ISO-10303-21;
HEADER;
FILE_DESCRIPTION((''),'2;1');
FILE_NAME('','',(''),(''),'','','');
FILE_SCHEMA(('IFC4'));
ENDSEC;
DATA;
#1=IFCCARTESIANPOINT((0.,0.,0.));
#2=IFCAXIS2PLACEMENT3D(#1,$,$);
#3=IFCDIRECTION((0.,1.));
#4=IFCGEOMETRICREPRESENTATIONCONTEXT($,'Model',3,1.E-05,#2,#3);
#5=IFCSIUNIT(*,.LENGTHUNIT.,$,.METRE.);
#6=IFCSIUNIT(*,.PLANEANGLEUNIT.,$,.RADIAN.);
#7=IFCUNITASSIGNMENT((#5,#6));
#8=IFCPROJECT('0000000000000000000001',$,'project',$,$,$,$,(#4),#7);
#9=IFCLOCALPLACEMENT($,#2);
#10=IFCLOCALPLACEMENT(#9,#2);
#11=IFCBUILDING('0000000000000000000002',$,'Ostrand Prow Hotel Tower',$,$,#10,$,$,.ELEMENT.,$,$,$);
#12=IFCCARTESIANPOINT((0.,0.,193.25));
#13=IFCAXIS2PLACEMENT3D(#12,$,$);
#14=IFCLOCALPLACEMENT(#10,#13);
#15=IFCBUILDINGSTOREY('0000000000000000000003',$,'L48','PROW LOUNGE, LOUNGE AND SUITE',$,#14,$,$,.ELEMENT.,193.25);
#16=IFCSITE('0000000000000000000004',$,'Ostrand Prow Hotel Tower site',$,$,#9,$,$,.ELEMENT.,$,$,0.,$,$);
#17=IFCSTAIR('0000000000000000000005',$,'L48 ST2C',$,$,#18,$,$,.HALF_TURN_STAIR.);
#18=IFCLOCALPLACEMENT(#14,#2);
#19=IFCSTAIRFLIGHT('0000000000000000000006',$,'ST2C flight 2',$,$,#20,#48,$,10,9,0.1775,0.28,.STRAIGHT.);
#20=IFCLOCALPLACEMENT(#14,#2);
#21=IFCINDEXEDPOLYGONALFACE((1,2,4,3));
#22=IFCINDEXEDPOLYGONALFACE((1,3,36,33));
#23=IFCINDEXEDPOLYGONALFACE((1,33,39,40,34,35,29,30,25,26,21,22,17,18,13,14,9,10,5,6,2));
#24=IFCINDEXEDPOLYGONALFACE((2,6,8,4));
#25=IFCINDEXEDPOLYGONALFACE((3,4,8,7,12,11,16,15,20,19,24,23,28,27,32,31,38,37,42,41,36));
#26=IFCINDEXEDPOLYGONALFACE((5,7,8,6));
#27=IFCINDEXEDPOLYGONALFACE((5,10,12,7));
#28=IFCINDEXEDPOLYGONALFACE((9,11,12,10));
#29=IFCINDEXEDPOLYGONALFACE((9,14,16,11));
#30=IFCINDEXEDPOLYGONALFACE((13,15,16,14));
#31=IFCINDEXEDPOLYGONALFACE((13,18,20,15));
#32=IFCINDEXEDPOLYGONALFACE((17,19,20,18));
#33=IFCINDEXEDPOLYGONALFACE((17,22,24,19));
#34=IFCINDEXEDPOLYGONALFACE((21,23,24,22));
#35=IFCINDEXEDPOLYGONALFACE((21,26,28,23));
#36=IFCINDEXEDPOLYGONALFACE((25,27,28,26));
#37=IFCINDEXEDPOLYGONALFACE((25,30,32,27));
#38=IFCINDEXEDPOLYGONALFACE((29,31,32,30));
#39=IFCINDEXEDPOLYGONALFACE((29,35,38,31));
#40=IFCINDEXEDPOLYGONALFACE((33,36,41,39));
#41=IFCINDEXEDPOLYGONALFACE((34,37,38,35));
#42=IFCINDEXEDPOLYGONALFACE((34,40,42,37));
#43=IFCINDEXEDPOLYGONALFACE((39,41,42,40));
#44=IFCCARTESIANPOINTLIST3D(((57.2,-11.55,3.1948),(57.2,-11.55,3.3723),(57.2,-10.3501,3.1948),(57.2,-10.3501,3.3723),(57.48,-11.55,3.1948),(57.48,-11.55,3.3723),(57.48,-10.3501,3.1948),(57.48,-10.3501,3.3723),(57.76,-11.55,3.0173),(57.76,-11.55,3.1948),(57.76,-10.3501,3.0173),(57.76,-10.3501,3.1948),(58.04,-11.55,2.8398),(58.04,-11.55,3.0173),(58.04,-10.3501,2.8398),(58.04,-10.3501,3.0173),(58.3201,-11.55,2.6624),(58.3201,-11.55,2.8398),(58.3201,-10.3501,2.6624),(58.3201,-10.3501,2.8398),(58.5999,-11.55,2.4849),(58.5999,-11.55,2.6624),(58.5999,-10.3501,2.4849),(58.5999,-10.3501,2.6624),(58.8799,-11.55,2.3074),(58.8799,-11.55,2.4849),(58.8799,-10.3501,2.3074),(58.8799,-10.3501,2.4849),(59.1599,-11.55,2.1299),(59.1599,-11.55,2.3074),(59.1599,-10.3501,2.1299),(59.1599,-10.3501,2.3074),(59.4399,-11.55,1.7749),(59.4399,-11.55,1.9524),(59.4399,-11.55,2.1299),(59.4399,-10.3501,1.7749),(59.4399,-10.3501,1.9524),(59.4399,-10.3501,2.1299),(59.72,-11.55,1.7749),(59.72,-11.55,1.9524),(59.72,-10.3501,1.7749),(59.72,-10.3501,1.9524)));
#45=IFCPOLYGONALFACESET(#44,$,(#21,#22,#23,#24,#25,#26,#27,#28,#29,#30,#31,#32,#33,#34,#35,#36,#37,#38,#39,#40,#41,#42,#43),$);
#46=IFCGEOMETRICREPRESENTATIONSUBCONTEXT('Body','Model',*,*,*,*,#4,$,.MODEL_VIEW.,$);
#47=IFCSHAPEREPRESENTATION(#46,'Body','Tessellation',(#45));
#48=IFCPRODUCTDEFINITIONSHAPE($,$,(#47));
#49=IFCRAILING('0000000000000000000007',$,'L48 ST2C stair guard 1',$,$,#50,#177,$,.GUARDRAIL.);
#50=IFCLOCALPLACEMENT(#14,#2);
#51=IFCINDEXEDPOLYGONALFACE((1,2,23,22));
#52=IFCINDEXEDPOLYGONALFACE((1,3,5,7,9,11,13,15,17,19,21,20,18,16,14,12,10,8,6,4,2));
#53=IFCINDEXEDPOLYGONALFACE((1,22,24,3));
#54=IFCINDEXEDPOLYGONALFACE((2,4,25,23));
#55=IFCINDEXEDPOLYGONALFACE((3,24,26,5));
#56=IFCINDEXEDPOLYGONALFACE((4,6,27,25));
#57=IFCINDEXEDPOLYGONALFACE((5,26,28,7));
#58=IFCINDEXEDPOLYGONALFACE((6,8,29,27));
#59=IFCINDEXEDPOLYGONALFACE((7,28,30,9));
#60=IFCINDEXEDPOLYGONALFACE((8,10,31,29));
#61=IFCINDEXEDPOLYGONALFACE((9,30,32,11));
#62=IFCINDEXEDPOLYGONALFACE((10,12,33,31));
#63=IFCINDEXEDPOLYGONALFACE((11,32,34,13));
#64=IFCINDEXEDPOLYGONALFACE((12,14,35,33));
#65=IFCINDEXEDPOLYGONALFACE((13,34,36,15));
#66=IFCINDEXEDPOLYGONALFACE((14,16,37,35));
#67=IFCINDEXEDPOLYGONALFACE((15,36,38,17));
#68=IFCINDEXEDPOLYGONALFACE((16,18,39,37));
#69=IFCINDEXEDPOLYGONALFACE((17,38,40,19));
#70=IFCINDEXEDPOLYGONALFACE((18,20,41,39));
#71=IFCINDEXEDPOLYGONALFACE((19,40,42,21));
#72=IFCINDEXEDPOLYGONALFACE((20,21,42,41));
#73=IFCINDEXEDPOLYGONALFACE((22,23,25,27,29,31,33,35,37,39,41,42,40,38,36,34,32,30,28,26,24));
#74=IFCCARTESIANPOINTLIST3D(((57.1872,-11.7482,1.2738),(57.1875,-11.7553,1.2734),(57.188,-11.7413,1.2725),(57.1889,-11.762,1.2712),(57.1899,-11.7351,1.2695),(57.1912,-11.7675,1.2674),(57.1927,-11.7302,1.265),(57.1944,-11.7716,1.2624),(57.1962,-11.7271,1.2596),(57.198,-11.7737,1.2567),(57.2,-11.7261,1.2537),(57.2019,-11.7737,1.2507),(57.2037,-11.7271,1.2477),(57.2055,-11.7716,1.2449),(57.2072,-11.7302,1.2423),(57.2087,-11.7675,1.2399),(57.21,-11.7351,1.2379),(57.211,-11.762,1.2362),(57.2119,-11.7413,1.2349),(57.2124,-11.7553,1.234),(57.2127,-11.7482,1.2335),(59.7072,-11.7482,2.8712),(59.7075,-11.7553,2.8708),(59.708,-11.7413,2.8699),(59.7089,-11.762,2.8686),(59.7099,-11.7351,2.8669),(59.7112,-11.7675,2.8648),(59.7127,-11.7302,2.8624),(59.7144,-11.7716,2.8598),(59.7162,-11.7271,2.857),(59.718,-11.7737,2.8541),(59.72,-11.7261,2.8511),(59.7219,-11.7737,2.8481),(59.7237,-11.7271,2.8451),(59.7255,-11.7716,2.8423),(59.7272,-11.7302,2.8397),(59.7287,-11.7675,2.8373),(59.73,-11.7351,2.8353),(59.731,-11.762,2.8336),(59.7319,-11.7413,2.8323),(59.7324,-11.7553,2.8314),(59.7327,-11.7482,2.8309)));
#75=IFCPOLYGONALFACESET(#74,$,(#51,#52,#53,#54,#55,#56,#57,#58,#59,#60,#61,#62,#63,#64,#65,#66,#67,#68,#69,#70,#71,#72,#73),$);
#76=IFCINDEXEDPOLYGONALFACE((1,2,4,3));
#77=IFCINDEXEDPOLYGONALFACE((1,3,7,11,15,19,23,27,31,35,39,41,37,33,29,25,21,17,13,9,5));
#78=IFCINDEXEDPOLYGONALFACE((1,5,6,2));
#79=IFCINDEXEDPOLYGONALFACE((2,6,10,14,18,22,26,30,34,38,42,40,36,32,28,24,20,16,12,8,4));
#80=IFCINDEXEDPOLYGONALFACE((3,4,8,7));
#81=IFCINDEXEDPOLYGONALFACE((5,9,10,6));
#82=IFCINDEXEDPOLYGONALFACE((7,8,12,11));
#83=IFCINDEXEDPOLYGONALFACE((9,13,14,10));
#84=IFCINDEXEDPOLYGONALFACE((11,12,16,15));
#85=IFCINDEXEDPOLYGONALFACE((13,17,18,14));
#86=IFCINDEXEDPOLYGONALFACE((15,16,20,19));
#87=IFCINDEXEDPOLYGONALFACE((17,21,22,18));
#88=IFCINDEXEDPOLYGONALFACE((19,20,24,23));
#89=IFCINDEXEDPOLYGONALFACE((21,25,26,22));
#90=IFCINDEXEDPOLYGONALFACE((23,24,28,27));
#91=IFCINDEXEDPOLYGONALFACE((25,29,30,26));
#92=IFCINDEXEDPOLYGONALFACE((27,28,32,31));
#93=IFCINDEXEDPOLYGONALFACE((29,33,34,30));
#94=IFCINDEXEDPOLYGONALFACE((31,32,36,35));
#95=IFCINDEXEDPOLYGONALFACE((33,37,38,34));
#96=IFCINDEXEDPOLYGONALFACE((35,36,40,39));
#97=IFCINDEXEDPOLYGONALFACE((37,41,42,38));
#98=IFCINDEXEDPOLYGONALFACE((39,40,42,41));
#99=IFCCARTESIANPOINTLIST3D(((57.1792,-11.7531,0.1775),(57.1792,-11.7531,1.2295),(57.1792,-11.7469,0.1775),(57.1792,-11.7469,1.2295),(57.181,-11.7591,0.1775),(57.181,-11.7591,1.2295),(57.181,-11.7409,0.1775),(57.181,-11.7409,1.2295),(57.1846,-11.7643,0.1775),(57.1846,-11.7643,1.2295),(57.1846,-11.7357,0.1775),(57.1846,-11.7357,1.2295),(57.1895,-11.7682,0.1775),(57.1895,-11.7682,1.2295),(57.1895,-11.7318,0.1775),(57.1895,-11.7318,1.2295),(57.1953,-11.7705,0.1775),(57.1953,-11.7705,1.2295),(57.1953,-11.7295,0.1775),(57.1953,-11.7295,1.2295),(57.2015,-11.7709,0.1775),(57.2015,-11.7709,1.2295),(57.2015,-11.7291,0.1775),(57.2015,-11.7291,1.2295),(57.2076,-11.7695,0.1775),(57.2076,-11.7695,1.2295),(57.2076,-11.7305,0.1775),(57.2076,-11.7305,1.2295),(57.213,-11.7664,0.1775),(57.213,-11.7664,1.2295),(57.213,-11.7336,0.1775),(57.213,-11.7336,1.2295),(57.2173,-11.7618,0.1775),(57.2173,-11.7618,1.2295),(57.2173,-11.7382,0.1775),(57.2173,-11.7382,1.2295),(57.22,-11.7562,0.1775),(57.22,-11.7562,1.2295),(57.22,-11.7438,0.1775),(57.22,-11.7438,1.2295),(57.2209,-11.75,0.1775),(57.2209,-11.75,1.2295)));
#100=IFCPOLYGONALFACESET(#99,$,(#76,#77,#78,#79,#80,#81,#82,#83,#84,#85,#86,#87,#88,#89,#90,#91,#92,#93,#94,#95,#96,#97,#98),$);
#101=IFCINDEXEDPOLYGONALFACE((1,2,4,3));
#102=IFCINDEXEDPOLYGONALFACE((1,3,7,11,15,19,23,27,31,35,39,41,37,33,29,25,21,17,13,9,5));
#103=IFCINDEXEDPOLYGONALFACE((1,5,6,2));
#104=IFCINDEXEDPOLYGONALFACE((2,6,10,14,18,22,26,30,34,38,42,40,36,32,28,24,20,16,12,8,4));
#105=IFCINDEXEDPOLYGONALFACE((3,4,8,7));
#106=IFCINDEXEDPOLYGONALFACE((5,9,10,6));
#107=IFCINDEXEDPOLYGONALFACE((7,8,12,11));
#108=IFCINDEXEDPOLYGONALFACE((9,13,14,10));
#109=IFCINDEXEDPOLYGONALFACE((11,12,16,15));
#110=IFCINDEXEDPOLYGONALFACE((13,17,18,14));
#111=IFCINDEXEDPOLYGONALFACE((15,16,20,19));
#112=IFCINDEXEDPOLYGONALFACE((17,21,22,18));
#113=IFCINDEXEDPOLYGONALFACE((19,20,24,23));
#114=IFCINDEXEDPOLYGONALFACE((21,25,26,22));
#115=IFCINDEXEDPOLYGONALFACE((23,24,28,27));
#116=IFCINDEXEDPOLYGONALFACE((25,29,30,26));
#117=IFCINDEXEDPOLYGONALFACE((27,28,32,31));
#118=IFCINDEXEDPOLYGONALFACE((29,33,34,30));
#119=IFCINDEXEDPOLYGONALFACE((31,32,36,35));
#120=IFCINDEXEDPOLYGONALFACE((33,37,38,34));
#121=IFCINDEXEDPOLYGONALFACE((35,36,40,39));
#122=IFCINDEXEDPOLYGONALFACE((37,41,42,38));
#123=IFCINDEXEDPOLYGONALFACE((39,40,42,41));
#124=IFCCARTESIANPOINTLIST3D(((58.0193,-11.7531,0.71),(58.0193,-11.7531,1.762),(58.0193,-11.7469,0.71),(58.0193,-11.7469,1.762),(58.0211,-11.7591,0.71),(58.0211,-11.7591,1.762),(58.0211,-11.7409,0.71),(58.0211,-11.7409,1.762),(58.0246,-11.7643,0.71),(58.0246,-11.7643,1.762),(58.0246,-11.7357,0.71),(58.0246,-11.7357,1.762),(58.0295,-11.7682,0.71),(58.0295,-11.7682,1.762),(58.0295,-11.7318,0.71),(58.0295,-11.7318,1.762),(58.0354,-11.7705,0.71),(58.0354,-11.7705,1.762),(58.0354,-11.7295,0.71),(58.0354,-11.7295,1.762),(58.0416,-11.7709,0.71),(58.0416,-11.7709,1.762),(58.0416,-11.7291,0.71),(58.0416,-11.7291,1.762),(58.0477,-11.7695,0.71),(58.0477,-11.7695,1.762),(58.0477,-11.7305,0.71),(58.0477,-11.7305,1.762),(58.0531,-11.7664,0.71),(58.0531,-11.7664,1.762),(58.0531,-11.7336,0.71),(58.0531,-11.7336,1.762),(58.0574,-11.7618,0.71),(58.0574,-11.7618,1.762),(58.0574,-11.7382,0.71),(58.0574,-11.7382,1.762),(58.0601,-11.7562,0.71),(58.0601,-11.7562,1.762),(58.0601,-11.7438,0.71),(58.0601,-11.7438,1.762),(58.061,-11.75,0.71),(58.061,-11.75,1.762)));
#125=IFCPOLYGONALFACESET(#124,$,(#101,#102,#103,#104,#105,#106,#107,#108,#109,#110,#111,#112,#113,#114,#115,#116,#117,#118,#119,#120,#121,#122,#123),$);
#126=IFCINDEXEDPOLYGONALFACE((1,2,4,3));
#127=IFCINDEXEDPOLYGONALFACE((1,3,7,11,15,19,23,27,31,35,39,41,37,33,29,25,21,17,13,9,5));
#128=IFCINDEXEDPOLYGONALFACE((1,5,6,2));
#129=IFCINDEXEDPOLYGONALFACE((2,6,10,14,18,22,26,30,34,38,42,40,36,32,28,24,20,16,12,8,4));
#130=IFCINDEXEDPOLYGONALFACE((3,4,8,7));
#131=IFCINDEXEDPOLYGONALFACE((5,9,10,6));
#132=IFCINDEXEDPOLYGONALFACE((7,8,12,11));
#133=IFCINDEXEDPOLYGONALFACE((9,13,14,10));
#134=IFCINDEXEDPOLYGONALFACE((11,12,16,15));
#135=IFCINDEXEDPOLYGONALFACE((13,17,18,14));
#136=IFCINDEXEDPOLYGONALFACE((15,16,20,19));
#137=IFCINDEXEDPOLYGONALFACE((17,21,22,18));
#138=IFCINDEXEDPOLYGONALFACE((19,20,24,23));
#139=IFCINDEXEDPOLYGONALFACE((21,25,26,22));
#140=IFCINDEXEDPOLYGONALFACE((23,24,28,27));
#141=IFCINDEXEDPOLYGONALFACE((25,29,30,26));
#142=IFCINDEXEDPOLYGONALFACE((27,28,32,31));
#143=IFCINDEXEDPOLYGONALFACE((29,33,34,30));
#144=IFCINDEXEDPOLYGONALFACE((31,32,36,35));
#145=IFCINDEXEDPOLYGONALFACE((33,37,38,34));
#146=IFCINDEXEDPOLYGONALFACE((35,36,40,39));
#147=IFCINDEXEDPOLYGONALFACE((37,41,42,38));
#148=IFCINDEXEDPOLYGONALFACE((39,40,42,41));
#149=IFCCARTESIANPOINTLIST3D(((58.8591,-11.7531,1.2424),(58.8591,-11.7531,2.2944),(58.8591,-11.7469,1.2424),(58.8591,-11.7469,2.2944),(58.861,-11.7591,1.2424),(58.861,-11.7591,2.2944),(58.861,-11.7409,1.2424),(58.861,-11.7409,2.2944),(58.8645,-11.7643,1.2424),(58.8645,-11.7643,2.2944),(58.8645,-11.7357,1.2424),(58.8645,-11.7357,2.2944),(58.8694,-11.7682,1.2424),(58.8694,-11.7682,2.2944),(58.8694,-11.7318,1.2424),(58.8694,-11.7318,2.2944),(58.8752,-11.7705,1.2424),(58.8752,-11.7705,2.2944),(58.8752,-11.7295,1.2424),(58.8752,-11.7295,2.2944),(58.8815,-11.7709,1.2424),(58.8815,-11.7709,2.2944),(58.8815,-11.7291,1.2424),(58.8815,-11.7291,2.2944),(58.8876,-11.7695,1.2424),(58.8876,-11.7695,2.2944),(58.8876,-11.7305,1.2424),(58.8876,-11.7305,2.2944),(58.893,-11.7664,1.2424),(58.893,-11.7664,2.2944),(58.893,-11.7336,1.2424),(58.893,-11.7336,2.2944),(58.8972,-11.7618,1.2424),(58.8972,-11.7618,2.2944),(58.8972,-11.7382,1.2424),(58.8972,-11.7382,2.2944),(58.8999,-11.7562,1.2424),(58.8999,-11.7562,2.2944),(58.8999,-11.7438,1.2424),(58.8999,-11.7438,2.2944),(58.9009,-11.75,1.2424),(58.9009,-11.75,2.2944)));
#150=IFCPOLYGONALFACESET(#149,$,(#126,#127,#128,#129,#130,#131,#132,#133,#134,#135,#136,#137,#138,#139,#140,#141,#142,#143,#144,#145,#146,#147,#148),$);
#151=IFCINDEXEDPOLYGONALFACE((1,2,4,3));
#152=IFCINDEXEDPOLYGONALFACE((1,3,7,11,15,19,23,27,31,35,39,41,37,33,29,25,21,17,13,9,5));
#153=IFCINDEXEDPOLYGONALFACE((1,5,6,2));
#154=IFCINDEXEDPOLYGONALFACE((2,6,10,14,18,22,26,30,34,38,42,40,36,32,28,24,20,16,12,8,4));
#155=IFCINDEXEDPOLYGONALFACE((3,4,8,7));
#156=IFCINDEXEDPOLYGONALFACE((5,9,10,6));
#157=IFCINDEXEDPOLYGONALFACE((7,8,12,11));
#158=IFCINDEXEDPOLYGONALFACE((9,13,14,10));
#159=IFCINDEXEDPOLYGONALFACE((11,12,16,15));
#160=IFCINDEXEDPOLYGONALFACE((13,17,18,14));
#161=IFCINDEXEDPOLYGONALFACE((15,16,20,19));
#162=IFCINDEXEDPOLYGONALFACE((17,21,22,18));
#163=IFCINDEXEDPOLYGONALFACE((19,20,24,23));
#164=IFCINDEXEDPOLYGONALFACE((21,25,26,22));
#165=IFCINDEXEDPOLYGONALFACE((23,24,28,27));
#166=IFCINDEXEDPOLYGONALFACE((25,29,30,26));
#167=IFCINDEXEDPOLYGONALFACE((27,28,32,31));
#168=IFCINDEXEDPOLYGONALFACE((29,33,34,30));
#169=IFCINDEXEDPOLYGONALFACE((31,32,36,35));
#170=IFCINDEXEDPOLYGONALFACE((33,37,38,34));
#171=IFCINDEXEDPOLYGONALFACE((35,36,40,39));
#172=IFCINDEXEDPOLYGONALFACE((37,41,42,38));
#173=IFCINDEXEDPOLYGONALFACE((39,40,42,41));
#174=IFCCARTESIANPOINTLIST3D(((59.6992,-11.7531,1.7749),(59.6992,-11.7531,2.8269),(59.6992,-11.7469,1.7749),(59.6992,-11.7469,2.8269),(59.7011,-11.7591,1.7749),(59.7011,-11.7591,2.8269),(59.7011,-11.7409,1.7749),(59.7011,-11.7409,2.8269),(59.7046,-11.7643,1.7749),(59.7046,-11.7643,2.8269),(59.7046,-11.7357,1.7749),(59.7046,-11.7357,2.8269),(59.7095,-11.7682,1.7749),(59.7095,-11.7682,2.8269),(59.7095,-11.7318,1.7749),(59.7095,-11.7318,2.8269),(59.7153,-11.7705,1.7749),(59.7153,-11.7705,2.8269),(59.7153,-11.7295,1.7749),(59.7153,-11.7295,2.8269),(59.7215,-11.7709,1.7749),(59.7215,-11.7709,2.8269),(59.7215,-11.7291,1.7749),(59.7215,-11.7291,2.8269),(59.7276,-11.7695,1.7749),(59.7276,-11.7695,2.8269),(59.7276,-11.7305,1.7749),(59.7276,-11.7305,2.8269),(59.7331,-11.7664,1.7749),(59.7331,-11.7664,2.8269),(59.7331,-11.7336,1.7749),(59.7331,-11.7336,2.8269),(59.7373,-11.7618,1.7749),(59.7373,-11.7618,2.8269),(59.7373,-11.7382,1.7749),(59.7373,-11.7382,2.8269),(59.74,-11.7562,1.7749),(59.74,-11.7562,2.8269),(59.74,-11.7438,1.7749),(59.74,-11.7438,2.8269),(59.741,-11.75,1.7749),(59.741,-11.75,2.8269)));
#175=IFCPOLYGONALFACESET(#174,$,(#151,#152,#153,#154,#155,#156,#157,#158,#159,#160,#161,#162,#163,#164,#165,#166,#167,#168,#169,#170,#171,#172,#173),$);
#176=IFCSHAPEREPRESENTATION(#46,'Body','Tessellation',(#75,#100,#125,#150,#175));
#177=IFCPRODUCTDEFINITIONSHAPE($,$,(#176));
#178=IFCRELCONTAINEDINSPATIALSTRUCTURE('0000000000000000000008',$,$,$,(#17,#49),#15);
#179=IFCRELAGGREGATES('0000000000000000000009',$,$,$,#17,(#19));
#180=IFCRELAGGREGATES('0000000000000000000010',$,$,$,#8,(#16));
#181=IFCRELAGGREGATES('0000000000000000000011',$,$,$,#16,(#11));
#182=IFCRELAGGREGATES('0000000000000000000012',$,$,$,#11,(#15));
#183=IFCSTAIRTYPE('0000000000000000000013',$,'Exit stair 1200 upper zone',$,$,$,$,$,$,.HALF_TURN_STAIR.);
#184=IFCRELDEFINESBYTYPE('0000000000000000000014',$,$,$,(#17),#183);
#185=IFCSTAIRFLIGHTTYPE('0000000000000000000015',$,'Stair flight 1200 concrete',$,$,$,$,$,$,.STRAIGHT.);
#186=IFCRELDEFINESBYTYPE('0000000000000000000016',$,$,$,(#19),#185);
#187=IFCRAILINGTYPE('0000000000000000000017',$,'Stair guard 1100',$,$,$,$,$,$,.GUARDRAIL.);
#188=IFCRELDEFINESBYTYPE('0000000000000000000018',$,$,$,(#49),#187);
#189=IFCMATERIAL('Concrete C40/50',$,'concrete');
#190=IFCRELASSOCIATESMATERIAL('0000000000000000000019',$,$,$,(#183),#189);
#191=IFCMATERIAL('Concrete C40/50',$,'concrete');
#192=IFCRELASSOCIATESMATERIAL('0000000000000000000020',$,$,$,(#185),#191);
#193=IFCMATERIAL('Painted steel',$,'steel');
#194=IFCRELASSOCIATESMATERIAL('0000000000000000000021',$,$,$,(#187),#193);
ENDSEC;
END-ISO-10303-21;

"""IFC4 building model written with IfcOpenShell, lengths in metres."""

from ifc_helpers import new_model, si_unit, direction, frame, origin, origin_2d, place, context, subcontext, project, spatial, polyline, circle, outline, extrude, material, type_object, element, aggregate, save


model = new_model("IFC4")

# Units and contexts
model_context = context("Model", 3, precision=1e-05, world=origin(), true_north=direction((0.0, 1.0)))
body_context = subcontext(model_context, "Body", "Model", "MODEL_VIEW")
ifc_project = project(units=[si_unit("LENGTHUNIT", "METRE"), si_unit("PLANEANGLEUNIT", "RADIAN")], contexts=[model_context])

# Site, building, storey
site_placement = place(None, origin())
site = spatial("IfcSite", under=ifc_project, at=site_placement, Name="Ostrand Prow Hotel Tower site", CompositionType="ELEMENT", RefElevation=0.0)
building_placement = place(site_placement, origin())
building = spatial("IfcBuilding", under=site, at=building_placement, Name="Ostrand Prow Hotel Tower", CompositionType="ELEMENT")
storey_placement = place(building_placement, frame((0.0, 0.0, 193.25)))
storey = spatial("IfcBuildingStorey", under=building, at=storey_placement, Name="L48", Description="PROW LOUNGE, LOUNGE AND SUITE", CompositionType="ELEMENT", Elevation=193.25)

# Stair, stair flight
ifc_material_1 = material(Name="Concrete C40/50", Category="concrete")
stair_type = type_object("IfcStairType", Name="Exit stair 1200 upper zone", PredefinedType="HALF_TURN_STAIR", material=ifc_material_1)
stair_placement = place(storey_placement, origin())
stair = element("IfcStair", 1, at=stair_placement, inside=storey, type_object=stair_type, Name="L48 ST2C", PredefinedType="HALF_TURN_STAIR")
ifc_material_2 = material(Name="Concrete C40/50", Category="concrete")
stair_flight_type = type_object("IfcStairFlightType", Name="Stair flight 1200 concrete", PredefinedType="STRAIGHT", material=ifc_material_2)
stair_flight_1_placement = place(storey_placement, frame((59.72, -10.95, 1.7749), z_axis=(0.0, 0.0, 1.0), x_axis=(-1.0, 0.0, 0.0)))
stair_flight_1 = element("IfcStairFlight", 2, at=stair_flight_1_placement, type_object=stair_flight_type, Name="ST2C flight 2", NumberOfRisers=10, NumberOfTreads=9, PredefinedType="STRAIGHT", RiserHeight=0.1775, TreadLength=0.28, context=body_context, shape_type="SweptSolid", body=[
    extrude(outline(polyline([(0.0, 0.0), (0.0, 0.1775), (0.28, 0.1775), (0.28, 0.355), (0.5601, 0.355), (0.5601, 0.5325), (0.8401, 0.5325), (0.8401, 0.71), (1.1201, 0.71), (1.1201, 0.8875), (1.3999, 0.8875), (1.3999, 1.0649), (1.6799, 1.0649), (1.6799, 1.2424), (1.96, 1.2424), (1.96, 1.4199), (2.24, 1.4199), (2.24, 1.5974), (2.52, 1.5974), (2.52, 1.7749), (2.52, 1.4199), (0.28, 0.0), (0.0, 0.0)])), frame((0.0, 0.6001, 0.0), z_axis=(0.0, -1.0, 0.0), x_axis=(1.0, 0.0, 0.0)), (0.0, 0.0, 1.0), 1.2),
])
aggregate(stair, [stair_flight_1])

# Railing
ifc_material_3 = material(Name="Painted steel", Category="steel")
railing_type_1 = type_object("IfcRailingType", Name="Stair guard 1100", PredefinedType="GUARDRAIL", material=ifc_material_3)
railing_1_placement = place(storey_placement, frame((57.2, -11.75, 0.1775)))
element("IfcRailing", 3, at=railing_1_placement, inside=storey, type_object=railing_type_1, Name="L48 ST2C stair guard 1", PredefinedType="GUARDRAIL", context=body_context, shape_type="SweptSolid", body=[
    extrude(circle(Radius=0.0239, at=origin_2d()), frame((0.0, 0.0, 1.0762), z_axis=(0.844607, 0.0, 0.535387), x_axis=(0.0, 1.0, 0.0)), (0.0, 0.0, 1.0), 2.9836),
    extrude(circle(Radius=0.021, at=origin_2d()), origin(), (0.0, 0.0, 1.0), 1.052),
    extrude(circle(Radius=0.021, at=origin_2d()), frame((0.8401, 0.0, 0.5325)), (0.0, 0.0, 1.0), 1.052),
    extrude(circle(Radius=0.021, at=origin_2d()), frame((1.6799, 0.0, 1.0649)), (0.0, 0.0, 1.0), 1.052),
    extrude(circle(Radius=0.021, at=origin_2d()), frame((2.52, 0.0, 1.5974)), (0.0, 0.0, 1.0), 1.052),
])

save(model, "model.ifc")
